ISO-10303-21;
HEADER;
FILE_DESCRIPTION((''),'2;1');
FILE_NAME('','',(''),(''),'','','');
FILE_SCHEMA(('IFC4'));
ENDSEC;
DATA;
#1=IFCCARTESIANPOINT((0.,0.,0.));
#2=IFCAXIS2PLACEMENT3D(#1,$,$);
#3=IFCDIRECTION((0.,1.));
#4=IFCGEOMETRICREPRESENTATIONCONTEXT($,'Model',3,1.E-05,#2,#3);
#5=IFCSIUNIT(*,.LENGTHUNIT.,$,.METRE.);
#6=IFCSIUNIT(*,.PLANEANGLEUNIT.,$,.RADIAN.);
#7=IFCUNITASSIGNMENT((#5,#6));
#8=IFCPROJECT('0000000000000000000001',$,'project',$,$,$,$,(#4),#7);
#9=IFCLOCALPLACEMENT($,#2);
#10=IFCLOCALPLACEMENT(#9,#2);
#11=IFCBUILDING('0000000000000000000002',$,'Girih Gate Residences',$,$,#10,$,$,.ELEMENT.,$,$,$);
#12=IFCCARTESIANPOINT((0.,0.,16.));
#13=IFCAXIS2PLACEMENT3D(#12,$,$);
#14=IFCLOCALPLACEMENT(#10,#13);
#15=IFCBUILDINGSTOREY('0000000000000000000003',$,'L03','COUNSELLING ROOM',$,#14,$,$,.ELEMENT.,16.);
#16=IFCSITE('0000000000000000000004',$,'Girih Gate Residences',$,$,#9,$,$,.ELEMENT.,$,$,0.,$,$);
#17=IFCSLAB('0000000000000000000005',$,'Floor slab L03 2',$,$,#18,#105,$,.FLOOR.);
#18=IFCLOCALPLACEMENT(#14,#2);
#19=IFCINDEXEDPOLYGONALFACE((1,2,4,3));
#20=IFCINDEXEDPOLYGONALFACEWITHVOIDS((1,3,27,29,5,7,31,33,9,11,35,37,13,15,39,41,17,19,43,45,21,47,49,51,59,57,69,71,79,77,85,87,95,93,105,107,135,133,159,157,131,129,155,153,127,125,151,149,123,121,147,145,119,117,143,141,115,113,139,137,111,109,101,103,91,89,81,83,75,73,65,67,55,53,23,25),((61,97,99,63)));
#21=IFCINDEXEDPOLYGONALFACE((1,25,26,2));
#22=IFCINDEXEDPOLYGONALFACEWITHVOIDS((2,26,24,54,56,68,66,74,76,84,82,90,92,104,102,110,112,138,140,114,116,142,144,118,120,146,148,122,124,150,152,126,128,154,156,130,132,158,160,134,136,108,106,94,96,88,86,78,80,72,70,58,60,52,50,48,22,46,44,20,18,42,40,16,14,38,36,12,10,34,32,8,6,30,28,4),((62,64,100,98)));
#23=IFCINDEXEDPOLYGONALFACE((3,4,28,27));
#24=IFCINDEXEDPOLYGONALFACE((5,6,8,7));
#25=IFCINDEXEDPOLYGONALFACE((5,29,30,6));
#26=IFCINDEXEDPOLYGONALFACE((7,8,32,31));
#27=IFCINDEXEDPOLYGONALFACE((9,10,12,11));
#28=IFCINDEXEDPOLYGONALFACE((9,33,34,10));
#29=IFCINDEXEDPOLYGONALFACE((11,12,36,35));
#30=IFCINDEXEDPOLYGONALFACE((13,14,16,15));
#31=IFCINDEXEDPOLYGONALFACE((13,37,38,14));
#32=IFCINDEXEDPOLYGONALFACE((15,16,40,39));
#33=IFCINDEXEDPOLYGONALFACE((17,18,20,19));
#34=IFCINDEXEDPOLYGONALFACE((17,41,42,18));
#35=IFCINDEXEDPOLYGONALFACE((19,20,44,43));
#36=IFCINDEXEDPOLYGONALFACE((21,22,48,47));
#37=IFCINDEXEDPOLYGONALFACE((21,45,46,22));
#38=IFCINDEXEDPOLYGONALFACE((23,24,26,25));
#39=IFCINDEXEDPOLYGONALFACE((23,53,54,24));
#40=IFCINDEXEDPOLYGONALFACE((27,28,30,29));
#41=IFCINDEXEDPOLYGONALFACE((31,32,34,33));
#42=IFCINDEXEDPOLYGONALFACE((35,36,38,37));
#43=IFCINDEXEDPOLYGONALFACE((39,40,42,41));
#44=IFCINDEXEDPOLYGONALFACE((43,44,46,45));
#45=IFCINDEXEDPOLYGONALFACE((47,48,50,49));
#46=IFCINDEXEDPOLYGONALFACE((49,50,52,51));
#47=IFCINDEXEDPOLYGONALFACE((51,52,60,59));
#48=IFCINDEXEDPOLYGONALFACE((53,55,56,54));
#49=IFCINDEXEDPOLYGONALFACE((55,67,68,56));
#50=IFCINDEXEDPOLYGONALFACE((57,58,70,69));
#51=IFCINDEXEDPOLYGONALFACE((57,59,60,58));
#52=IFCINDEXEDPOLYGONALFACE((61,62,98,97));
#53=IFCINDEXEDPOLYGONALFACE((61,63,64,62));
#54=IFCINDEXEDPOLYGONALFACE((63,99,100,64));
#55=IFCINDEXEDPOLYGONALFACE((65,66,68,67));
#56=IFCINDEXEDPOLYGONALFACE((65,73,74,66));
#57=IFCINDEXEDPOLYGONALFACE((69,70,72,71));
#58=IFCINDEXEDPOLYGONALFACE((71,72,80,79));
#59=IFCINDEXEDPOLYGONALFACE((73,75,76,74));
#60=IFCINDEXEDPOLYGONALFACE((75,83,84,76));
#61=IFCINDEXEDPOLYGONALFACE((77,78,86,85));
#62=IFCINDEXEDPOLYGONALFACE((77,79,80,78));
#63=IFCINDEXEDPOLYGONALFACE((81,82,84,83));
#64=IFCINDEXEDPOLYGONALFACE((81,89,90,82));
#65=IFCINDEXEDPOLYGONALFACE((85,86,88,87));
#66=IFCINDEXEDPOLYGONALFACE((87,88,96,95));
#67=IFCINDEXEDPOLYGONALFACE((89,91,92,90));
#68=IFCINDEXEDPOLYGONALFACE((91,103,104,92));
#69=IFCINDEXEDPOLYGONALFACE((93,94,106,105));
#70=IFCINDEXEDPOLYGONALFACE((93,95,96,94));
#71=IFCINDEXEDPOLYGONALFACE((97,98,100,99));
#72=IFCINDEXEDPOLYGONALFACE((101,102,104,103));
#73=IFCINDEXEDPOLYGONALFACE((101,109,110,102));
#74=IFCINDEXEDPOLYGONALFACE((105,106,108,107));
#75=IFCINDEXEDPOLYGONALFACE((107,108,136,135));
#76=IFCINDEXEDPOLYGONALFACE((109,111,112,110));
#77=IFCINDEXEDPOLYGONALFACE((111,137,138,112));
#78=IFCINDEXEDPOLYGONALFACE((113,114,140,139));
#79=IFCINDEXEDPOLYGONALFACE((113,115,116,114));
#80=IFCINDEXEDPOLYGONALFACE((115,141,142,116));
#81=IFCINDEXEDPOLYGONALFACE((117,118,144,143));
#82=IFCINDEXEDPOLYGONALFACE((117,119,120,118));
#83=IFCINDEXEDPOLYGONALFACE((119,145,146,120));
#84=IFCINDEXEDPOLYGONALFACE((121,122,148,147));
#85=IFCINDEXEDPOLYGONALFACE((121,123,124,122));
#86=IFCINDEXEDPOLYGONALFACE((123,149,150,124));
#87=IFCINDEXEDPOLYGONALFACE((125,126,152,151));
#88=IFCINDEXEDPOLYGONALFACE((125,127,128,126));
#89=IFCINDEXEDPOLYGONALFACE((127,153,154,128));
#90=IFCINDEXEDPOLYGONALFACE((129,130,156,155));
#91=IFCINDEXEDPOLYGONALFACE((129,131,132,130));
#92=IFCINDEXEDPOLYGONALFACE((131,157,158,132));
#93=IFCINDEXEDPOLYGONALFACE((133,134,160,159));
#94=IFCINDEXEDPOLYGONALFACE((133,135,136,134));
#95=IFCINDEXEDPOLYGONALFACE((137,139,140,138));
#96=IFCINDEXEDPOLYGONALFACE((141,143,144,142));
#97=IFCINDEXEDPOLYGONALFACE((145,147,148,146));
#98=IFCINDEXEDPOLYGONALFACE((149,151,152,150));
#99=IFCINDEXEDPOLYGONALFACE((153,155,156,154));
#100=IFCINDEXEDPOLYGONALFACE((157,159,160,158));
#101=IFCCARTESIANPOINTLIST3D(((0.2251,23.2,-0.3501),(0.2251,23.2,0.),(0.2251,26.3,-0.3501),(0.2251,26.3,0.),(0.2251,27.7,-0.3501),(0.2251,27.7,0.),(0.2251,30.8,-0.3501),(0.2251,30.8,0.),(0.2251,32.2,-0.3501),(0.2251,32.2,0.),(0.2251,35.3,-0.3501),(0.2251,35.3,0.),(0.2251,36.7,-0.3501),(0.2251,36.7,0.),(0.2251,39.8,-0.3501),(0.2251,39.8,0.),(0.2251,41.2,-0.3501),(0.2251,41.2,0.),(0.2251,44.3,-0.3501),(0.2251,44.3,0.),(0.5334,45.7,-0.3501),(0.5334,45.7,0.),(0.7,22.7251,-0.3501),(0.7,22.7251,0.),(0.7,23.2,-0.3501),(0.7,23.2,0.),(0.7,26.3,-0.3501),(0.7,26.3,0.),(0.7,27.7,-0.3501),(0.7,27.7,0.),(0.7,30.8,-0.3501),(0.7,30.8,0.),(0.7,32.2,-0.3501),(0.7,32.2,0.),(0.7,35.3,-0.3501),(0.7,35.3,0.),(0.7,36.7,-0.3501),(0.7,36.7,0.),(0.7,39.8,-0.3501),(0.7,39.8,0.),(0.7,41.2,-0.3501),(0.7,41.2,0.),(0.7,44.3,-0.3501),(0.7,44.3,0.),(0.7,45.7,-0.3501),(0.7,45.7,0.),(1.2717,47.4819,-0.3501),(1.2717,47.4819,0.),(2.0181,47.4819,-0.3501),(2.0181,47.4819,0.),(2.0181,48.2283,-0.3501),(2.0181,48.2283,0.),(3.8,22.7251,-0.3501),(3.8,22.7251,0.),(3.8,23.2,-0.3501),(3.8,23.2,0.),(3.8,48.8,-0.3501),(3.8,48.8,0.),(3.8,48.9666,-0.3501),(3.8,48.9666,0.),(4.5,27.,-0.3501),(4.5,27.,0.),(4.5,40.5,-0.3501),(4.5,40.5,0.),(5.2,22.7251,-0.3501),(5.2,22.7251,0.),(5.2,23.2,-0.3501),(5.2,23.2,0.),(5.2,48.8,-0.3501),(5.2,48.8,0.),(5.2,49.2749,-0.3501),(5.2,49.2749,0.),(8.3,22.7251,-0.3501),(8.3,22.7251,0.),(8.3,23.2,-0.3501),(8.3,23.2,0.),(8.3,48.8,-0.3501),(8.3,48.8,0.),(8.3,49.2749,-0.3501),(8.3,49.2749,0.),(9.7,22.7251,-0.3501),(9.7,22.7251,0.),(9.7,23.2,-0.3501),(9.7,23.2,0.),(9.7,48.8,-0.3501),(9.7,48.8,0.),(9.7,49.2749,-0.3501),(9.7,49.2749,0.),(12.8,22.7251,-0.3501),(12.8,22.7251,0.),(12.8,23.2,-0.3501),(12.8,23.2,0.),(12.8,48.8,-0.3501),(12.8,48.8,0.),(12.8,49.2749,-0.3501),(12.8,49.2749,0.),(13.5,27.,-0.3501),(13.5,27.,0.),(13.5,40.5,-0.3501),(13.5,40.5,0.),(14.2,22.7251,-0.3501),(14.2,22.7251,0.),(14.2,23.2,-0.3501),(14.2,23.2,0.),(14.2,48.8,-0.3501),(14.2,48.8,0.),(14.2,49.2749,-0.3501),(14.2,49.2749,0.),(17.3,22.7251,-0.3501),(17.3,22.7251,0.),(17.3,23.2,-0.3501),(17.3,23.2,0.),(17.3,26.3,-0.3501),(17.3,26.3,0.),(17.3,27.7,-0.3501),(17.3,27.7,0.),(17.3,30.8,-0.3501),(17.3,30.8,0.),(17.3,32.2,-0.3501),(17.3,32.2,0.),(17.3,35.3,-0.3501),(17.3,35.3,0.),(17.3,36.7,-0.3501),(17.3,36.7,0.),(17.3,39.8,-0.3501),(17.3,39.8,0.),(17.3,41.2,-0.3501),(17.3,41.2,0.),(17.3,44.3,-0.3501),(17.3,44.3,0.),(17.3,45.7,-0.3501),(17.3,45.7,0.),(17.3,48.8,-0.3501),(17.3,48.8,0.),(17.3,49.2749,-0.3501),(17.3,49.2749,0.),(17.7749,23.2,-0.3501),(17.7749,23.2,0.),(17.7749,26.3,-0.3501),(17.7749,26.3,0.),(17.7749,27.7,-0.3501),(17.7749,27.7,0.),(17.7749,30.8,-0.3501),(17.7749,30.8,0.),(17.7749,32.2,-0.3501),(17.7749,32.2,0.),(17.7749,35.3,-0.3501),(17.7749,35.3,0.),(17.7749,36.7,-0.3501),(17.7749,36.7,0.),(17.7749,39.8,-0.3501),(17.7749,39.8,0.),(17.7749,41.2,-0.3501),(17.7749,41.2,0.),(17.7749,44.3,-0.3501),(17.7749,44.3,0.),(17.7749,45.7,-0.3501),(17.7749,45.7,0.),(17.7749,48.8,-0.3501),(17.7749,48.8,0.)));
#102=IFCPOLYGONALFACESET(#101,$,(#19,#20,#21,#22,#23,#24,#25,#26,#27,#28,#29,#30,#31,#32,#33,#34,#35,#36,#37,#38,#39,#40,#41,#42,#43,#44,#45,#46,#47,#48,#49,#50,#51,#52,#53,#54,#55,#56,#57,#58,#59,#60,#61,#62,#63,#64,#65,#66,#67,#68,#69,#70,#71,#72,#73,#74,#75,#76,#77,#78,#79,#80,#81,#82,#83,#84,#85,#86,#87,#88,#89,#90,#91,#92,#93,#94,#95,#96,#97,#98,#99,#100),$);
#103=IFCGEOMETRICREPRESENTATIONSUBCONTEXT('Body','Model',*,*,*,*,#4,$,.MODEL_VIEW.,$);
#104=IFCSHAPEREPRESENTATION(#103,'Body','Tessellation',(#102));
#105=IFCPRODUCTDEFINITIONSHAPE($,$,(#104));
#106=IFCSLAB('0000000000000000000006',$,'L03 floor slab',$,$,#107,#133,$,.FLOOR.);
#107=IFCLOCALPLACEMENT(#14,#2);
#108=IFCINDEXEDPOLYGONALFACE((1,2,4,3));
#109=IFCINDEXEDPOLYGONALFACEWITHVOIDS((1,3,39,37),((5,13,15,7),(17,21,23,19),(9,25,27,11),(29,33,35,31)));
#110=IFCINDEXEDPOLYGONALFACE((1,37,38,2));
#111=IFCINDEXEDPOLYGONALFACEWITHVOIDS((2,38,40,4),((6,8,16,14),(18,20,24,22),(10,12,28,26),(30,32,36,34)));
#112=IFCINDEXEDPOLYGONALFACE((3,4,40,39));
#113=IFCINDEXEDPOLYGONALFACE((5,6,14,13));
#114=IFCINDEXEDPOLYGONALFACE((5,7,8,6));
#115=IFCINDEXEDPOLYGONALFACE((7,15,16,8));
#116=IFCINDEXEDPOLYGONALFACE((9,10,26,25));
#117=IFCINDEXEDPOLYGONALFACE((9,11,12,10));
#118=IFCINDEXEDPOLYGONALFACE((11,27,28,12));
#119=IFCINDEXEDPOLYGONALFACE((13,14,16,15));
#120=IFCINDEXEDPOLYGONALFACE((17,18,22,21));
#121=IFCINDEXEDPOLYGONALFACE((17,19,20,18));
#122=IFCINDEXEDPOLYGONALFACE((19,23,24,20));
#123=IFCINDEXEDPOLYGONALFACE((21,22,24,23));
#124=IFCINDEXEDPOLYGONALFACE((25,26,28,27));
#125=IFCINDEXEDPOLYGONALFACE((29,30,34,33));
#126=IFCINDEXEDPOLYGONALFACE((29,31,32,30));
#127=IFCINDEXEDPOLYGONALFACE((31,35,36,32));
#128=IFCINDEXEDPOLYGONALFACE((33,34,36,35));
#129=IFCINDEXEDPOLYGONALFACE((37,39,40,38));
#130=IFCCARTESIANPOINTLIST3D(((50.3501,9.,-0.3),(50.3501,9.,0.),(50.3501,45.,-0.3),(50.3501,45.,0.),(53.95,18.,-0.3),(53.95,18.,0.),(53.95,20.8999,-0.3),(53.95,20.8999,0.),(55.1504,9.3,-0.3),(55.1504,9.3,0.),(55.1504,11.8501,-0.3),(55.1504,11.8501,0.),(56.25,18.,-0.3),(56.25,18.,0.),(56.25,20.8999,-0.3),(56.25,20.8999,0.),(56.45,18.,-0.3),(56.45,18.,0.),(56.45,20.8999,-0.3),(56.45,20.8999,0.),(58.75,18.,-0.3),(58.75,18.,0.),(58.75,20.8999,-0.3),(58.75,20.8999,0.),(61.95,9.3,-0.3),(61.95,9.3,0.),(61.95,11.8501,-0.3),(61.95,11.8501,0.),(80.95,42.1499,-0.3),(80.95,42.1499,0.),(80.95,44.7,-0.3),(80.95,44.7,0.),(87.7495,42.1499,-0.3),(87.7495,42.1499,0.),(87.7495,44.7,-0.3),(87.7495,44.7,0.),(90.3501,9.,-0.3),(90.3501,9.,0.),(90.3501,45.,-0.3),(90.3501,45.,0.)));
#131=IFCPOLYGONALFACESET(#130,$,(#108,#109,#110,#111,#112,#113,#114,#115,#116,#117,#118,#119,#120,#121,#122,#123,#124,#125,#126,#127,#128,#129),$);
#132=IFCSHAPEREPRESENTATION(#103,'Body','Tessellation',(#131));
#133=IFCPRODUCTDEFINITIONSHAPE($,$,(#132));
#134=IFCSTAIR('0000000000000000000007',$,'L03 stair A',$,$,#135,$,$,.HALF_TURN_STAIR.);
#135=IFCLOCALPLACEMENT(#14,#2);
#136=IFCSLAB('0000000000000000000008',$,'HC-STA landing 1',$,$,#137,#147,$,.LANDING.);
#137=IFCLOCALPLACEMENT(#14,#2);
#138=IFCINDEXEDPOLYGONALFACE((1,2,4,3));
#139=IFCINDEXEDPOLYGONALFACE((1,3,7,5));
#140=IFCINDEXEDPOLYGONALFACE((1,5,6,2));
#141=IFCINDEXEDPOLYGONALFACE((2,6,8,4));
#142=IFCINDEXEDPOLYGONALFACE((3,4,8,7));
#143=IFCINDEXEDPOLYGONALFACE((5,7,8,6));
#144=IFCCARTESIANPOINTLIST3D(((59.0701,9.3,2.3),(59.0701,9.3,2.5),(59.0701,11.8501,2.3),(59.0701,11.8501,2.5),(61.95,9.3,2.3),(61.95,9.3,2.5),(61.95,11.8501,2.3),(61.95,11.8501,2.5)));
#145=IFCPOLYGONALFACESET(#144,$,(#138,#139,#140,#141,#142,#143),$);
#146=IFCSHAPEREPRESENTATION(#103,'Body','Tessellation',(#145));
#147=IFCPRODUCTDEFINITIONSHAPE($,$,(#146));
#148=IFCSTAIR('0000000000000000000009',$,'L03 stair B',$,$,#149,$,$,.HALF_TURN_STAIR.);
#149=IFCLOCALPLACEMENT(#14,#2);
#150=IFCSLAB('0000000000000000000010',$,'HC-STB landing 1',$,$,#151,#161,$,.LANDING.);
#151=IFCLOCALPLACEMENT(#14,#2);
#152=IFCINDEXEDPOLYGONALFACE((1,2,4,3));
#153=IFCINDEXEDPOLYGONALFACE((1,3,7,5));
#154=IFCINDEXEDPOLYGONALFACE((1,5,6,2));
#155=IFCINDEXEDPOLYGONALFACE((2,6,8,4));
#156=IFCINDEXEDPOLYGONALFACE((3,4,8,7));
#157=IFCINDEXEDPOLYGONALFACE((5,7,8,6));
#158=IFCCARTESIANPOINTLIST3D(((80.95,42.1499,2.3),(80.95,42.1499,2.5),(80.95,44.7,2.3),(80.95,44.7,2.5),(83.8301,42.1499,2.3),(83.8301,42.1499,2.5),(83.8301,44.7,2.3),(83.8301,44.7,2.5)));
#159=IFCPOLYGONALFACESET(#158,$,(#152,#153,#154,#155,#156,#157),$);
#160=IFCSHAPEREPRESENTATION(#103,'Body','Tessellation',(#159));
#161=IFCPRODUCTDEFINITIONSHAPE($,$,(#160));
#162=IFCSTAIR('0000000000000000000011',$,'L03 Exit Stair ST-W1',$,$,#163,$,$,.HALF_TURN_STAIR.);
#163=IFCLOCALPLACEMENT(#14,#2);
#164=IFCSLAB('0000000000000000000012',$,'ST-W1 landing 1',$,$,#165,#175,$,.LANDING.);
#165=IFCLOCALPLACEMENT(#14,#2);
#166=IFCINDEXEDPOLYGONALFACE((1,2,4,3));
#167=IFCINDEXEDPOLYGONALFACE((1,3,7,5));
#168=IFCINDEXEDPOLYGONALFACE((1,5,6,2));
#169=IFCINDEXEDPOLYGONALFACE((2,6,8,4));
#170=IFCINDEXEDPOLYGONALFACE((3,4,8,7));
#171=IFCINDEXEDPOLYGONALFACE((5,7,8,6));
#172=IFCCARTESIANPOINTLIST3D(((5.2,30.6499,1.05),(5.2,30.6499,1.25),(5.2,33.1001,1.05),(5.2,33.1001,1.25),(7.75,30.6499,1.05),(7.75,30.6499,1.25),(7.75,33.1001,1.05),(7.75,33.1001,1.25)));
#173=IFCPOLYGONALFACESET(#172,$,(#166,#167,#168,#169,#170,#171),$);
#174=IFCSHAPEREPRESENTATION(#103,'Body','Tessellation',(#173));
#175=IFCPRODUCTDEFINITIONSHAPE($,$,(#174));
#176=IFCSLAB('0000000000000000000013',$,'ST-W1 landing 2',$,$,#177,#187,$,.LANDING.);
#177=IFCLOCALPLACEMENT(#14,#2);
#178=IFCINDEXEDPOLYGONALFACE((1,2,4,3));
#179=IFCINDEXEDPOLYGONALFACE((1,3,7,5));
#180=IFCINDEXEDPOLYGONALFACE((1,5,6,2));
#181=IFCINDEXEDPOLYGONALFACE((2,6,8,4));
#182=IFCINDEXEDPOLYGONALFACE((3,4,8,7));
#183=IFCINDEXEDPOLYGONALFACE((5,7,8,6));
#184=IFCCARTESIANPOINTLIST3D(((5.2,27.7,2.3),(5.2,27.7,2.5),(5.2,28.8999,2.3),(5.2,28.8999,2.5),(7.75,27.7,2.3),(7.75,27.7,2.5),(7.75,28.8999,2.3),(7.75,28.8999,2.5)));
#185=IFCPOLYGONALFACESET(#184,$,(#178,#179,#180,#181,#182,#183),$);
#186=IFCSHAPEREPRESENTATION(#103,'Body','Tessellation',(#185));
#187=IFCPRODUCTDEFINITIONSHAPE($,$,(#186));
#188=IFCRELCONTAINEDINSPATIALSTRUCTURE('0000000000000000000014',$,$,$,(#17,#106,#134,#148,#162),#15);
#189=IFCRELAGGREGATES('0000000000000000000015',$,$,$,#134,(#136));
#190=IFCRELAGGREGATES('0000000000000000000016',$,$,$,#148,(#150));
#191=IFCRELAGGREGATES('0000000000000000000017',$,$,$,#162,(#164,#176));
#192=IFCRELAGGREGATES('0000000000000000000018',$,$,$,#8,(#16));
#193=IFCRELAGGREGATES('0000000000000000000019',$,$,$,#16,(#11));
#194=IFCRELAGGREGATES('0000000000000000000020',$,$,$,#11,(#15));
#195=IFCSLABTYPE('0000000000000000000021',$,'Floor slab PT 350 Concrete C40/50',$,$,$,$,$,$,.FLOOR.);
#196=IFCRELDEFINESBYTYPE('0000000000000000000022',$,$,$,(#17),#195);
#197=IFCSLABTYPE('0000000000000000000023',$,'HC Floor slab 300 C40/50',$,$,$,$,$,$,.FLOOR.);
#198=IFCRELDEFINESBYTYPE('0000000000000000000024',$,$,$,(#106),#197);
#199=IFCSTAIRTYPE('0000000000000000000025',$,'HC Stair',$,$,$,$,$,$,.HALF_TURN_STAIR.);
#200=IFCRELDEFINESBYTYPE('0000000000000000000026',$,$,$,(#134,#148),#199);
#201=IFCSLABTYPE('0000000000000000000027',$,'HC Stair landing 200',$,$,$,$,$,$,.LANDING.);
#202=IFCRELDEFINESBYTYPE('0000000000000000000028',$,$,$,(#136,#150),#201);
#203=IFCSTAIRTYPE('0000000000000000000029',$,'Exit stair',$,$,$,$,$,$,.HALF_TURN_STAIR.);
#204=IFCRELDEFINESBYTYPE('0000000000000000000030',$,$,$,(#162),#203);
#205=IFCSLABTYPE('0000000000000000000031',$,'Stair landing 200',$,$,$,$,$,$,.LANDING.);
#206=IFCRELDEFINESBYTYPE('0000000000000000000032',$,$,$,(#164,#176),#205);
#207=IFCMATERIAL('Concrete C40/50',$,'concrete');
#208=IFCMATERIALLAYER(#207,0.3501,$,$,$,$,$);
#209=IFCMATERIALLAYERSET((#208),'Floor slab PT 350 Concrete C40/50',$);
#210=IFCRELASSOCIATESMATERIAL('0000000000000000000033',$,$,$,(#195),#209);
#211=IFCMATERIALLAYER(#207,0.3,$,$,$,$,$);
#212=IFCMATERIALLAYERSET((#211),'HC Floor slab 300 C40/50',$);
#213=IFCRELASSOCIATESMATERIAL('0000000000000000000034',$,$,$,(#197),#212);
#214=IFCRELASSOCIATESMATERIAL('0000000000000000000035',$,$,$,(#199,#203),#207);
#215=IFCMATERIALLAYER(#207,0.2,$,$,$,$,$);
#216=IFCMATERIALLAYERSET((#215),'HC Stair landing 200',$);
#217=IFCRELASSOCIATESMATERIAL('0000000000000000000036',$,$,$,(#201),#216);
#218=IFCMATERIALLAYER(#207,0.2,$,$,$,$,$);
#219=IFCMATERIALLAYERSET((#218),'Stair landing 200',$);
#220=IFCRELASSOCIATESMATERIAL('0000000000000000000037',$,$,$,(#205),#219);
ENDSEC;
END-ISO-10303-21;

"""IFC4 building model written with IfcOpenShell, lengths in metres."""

from ifc_helpers import new_model, si_unit, direction, frame, origin, place, context, subcontext, project, spatial, polyline, outline, extrude, material, layer, layer_set, type_object, element, aggregate, save


model = new_model("IFC4")

# Units and contexts
model_context = context("Model", 3, precision=1e-05, world=origin(), true_north=direction((0.0, 1.0)))
body_context = subcontext(model_context, "Body", "Model", "MODEL_VIEW")
ifc_project = project(units=[si_unit("LENGTHUNIT", "METRE"), si_unit("PLANEANGLEUNIT", "RADIAN")], contexts=[model_context])

# Site, building, storey
site_placement = place(None, origin())
site = spatial("IfcSite", under=ifc_project, at=site_placement, Name="Girih Gate Residences", CompositionType="ELEMENT", RefElevation=0.0)
building_placement = place(site_placement, origin())
building = spatial("IfcBuilding", under=site, at=building_placement, Name="Girih Gate Residences", CompositionType="ELEMENT")
storey_placement = place(building_placement, frame((0.0, 0.0, 16.0)))
storey = spatial("IfcBuildingStorey", under=building, at=storey_placement, Name="L03", Description="COUNSELLING ROOM", CompositionType="ELEMENT", Elevation=16.0)

# Slabs
ifc_material_1 = material(Name="Concrete C40/50", Category="concrete")
ifc_layer_1 = layer(ifc_material_1, 0.3501)
ifc_layer_set_1 = layer_set([ifc_layer_1], Name="Floor slab PT 350 Concrete C40/50")
slab_type_1 = type_object("IfcSlabType", Name="Floor slab PT 350 Concrete C40/50", PredefinedType="FLOOR", material=ifc_layer_set_1)
slab_1_placement = place(storey_placement, frame((0.0, 0.0, -0.3501)))
element("IfcSlab", 1, at=slab_1_placement, inside=storey, type_object=slab_type_1, Name="Floor slab L03 2", PredefinedType="FLOOR", context=body_context, shape_type="SweptSolid", body=[
    extrude(outline(polyline([(0.2251, 26.3), (0.2251, 23.2), (0.7, 23.2), (0.7, 22.7251), (3.8, 22.7251), (3.8, 23.2), (5.2, 23.2), (5.2, 22.7251), (8.3, 22.7251), (8.3, 23.2), (9.7, 23.2), (9.7, 22.7251), (12.8, 22.7251), (12.8, 23.2), (14.2, 23.2), (14.2, 22.7251), (17.3, 22.7251), (17.3, 23.2), (17.7749, 23.2), (17.7749, 26.3), (17.3, 26.3), (17.3, 27.7), (17.7749, 27.7), (17.7749, 30.8), (17.3, 30.8), (17.3, 32.2), (17.7749, 32.2), (17.7749, 35.3), (17.3, 35.3), (17.3, 36.7), (17.7749, 36.7), (17.7749, 39.8), (17.3, 39.8), (17.3, 41.2), (17.7749, 41.2), (17.7749, 44.3), (17.3, 44.3), (17.3, 45.7), (17.7749, 45.7), (17.7749, 48.8), (17.3, 48.8), (17.3, 49.2749), (14.2, 49.2749), (14.2, 48.8), (12.8, 48.8), (12.8, 49.2749), (9.7, 49.2749), (9.7, 48.8), (8.3, 48.8), (8.3, 49.2749), (5.2, 49.2749), (5.2, 48.8), (3.8, 48.8), (3.8, 48.9666), (2.0181, 48.2283), (2.0181, 47.4819), (1.2717, 47.4819), (0.5334, 45.7), (0.7, 45.7), (0.7, 44.3), (0.2251, 44.3), (0.2251, 41.2), (0.7, 41.2), (0.7, 39.8), (0.2251, 39.8), (0.2251, 36.7), (0.7, 36.7), (0.7, 35.3), (0.2251, 35.3), (0.2251, 32.2), (0.7, 32.2), (0.7, 30.8), (0.2251, 30.8), (0.2251, 27.7), (0.7, 27.7), (0.7, 26.3), (0.2251, 26.3)]), holes=[polyline([(13.5, 40.5), (13.5, 27.0), (4.5, 27.0), (4.5, 40.5), (13.5, 40.5)])]), origin(), (0.0, 0.0, 1.0), 0.3501),
])
ifc_layer_2 = layer(ifc_material_1, 0.3)
ifc_layer_set_2 = layer_set([ifc_layer_2], Name="HC Floor slab 300 C40/50")
slab_type_2 = type_object("IfcSlabType", Name="HC Floor slab 300 C40/50", PredefinedType="FLOOR", material=ifc_layer_set_2)
slab_2_placement = place(storey_placement, frame((0.0, 0.0, -0.3)))
element("IfcSlab", 2, at=slab_2_placement, inside=storey, type_object=slab_type_2, Name="L03 floor slab", PredefinedType="FLOOR", context=body_context, shape_type="SweptSolid", body=[
    extrude(outline(polyline([(50.3501, 9.0), (90.3501, 9.0), (90.3501, 45.0), (50.3501, 45.0), (50.3501, 9.0)]), holes=[polyline([(55.1504, 9.3), (61.95, 9.3), (61.95, 11.8501), (55.1504, 11.8501), (55.1504, 9.3)]), polyline([(87.7495, 44.7), (80.95, 44.7), (80.95, 42.1499), (87.7495, 42.1499), (87.7495, 44.7)]), polyline([(53.95, 18.0), (56.25, 18.0), (56.25, 20.8999), (53.95, 20.8999), (53.95, 18.0)]), polyline([(56.45, 18.0), (58.75, 18.0), (58.75, 20.8999), (56.45, 20.8999), (56.45, 18.0)])]), origin(), (0.0, 0.0, 1.0), 0.3),
])

# Stairs, slabs
stair_type_1 = type_object("IfcStairType", Name="HC Stair", PredefinedType="HALF_TURN_STAIR", material=ifc_material_1)
stair_1_placement = place(storey_placement, origin())
stair_1 = element("IfcStair", 3, at=stair_1_placement, inside=storey, type_object=stair_type_1, Name="L03 stair A", PredefinedType="HALF_TURN_STAIR")
ifc_layer_3 = layer(ifc_material_1, 0.2)
ifc_layer_set_3 = layer_set([ifc_layer_3], Name="HC Stair landing 200")
slab_type_3 = type_object("IfcSlabType", Name="HC Stair landing 200", PredefinedType="LANDING", material=ifc_layer_set_3)
slab_3_placement = place(storey_placement, frame((0.0, 0.0, 2.3)))
slab_3 = element("IfcSlab", 4, at=slab_3_placement, type_object=slab_type_3, Name="HC-STA landing 1", PredefinedType="LANDING", context=body_context, shape_type="SweptSolid", body=[
    extrude(outline(polyline([(59.0701, 9.3), (61.95, 9.3), (61.95, 11.8501), (59.0701, 11.8501), (59.0701, 9.3)])), origin(), (0.0, 0.0, 1.0), 0.2),
])
aggregate(stair_1, [slab_3])
stair_2_placement = place(storey_placement, origin())
stair_2 = element("IfcStair", 5, at=stair_2_placement, inside=storey, type_object=stair_type_1, Name="L03 stair B", PredefinedType="HALF_TURN_STAIR")
slab_4_placement = place(storey_placement, frame((0.0, 0.0, 2.3)))
slab_4 = element("IfcSlab", 6, at=slab_4_placement, type_object=slab_type_3, Name="HC-STB landing 1", PredefinedType="LANDING", context=body_context, shape_type="SweptSolid", body=[
    extrude(outline(polyline([(83.8301, 44.7), (80.95, 44.7), (80.95, 42.1499), (83.8301, 42.1499), (83.8301, 44.7)])), origin(), (0.0, 0.0, 1.0), 0.2),
])
aggregate(stair_2, [slab_4])

# Stair, slabs
stair_type_2 = type_object("IfcStairType", Name="Exit stair", PredefinedType="HALF_TURN_STAIR", material=ifc_material_1)
stair_3_placement = place(storey_placement, origin())
stair_3 = element("IfcStair", 7, at=stair_3_placement, inside=storey, type_object=stair_type_2, Name="L03 Exit Stair ST-W1", PredefinedType="HALF_TURN_STAIR")
ifc_layer_4 = layer(ifc_material_1, 0.2)
ifc_layer_set_4 = layer_set([ifc_layer_4], Name="Stair landing 200")
slab_type_4 = type_object("IfcSlabType", Name="Stair landing 200", PredefinedType="LANDING", material=ifc_layer_set_4)
slab_5_placement = place(storey_placement, frame((0.0, 0.0, 1.05)))
slab_5 = element("IfcSlab", 8, at=slab_5_placement, type_object=slab_type_4, Name="ST-W1 landing 1", PredefinedType="LANDING", context=body_context, shape_type="SweptSolid", body=[
    extrude(outline(polyline([(7.75, 30.6499), (7.75, 33.1001), (5.2, 33.1001), (5.2, 30.6499), (7.75, 30.6499)])), origin(), (0.0, 0.0, 1.0), 0.2),
])
slab_6_placement = place(storey_placement, frame((0.0, 0.0, 2.3)))
slab_6 = element("IfcSlab", 9, at=slab_6_placement, type_object=slab_type_4, Name="ST-W1 landing 2", PredefinedType="LANDING", context=body_context, shape_type="SweptSolid", body=[
    extrude(outline(polyline([(7.75, 27.7), (7.75, 28.8999), (5.2, 28.8999), (5.2, 27.7), (7.75, 27.7)])), origin(), (0.0, 0.0, 1.0), 0.2),
])
aggregate(stair_3, [slab_5, slab_6])

save(model, "model.ifc")
